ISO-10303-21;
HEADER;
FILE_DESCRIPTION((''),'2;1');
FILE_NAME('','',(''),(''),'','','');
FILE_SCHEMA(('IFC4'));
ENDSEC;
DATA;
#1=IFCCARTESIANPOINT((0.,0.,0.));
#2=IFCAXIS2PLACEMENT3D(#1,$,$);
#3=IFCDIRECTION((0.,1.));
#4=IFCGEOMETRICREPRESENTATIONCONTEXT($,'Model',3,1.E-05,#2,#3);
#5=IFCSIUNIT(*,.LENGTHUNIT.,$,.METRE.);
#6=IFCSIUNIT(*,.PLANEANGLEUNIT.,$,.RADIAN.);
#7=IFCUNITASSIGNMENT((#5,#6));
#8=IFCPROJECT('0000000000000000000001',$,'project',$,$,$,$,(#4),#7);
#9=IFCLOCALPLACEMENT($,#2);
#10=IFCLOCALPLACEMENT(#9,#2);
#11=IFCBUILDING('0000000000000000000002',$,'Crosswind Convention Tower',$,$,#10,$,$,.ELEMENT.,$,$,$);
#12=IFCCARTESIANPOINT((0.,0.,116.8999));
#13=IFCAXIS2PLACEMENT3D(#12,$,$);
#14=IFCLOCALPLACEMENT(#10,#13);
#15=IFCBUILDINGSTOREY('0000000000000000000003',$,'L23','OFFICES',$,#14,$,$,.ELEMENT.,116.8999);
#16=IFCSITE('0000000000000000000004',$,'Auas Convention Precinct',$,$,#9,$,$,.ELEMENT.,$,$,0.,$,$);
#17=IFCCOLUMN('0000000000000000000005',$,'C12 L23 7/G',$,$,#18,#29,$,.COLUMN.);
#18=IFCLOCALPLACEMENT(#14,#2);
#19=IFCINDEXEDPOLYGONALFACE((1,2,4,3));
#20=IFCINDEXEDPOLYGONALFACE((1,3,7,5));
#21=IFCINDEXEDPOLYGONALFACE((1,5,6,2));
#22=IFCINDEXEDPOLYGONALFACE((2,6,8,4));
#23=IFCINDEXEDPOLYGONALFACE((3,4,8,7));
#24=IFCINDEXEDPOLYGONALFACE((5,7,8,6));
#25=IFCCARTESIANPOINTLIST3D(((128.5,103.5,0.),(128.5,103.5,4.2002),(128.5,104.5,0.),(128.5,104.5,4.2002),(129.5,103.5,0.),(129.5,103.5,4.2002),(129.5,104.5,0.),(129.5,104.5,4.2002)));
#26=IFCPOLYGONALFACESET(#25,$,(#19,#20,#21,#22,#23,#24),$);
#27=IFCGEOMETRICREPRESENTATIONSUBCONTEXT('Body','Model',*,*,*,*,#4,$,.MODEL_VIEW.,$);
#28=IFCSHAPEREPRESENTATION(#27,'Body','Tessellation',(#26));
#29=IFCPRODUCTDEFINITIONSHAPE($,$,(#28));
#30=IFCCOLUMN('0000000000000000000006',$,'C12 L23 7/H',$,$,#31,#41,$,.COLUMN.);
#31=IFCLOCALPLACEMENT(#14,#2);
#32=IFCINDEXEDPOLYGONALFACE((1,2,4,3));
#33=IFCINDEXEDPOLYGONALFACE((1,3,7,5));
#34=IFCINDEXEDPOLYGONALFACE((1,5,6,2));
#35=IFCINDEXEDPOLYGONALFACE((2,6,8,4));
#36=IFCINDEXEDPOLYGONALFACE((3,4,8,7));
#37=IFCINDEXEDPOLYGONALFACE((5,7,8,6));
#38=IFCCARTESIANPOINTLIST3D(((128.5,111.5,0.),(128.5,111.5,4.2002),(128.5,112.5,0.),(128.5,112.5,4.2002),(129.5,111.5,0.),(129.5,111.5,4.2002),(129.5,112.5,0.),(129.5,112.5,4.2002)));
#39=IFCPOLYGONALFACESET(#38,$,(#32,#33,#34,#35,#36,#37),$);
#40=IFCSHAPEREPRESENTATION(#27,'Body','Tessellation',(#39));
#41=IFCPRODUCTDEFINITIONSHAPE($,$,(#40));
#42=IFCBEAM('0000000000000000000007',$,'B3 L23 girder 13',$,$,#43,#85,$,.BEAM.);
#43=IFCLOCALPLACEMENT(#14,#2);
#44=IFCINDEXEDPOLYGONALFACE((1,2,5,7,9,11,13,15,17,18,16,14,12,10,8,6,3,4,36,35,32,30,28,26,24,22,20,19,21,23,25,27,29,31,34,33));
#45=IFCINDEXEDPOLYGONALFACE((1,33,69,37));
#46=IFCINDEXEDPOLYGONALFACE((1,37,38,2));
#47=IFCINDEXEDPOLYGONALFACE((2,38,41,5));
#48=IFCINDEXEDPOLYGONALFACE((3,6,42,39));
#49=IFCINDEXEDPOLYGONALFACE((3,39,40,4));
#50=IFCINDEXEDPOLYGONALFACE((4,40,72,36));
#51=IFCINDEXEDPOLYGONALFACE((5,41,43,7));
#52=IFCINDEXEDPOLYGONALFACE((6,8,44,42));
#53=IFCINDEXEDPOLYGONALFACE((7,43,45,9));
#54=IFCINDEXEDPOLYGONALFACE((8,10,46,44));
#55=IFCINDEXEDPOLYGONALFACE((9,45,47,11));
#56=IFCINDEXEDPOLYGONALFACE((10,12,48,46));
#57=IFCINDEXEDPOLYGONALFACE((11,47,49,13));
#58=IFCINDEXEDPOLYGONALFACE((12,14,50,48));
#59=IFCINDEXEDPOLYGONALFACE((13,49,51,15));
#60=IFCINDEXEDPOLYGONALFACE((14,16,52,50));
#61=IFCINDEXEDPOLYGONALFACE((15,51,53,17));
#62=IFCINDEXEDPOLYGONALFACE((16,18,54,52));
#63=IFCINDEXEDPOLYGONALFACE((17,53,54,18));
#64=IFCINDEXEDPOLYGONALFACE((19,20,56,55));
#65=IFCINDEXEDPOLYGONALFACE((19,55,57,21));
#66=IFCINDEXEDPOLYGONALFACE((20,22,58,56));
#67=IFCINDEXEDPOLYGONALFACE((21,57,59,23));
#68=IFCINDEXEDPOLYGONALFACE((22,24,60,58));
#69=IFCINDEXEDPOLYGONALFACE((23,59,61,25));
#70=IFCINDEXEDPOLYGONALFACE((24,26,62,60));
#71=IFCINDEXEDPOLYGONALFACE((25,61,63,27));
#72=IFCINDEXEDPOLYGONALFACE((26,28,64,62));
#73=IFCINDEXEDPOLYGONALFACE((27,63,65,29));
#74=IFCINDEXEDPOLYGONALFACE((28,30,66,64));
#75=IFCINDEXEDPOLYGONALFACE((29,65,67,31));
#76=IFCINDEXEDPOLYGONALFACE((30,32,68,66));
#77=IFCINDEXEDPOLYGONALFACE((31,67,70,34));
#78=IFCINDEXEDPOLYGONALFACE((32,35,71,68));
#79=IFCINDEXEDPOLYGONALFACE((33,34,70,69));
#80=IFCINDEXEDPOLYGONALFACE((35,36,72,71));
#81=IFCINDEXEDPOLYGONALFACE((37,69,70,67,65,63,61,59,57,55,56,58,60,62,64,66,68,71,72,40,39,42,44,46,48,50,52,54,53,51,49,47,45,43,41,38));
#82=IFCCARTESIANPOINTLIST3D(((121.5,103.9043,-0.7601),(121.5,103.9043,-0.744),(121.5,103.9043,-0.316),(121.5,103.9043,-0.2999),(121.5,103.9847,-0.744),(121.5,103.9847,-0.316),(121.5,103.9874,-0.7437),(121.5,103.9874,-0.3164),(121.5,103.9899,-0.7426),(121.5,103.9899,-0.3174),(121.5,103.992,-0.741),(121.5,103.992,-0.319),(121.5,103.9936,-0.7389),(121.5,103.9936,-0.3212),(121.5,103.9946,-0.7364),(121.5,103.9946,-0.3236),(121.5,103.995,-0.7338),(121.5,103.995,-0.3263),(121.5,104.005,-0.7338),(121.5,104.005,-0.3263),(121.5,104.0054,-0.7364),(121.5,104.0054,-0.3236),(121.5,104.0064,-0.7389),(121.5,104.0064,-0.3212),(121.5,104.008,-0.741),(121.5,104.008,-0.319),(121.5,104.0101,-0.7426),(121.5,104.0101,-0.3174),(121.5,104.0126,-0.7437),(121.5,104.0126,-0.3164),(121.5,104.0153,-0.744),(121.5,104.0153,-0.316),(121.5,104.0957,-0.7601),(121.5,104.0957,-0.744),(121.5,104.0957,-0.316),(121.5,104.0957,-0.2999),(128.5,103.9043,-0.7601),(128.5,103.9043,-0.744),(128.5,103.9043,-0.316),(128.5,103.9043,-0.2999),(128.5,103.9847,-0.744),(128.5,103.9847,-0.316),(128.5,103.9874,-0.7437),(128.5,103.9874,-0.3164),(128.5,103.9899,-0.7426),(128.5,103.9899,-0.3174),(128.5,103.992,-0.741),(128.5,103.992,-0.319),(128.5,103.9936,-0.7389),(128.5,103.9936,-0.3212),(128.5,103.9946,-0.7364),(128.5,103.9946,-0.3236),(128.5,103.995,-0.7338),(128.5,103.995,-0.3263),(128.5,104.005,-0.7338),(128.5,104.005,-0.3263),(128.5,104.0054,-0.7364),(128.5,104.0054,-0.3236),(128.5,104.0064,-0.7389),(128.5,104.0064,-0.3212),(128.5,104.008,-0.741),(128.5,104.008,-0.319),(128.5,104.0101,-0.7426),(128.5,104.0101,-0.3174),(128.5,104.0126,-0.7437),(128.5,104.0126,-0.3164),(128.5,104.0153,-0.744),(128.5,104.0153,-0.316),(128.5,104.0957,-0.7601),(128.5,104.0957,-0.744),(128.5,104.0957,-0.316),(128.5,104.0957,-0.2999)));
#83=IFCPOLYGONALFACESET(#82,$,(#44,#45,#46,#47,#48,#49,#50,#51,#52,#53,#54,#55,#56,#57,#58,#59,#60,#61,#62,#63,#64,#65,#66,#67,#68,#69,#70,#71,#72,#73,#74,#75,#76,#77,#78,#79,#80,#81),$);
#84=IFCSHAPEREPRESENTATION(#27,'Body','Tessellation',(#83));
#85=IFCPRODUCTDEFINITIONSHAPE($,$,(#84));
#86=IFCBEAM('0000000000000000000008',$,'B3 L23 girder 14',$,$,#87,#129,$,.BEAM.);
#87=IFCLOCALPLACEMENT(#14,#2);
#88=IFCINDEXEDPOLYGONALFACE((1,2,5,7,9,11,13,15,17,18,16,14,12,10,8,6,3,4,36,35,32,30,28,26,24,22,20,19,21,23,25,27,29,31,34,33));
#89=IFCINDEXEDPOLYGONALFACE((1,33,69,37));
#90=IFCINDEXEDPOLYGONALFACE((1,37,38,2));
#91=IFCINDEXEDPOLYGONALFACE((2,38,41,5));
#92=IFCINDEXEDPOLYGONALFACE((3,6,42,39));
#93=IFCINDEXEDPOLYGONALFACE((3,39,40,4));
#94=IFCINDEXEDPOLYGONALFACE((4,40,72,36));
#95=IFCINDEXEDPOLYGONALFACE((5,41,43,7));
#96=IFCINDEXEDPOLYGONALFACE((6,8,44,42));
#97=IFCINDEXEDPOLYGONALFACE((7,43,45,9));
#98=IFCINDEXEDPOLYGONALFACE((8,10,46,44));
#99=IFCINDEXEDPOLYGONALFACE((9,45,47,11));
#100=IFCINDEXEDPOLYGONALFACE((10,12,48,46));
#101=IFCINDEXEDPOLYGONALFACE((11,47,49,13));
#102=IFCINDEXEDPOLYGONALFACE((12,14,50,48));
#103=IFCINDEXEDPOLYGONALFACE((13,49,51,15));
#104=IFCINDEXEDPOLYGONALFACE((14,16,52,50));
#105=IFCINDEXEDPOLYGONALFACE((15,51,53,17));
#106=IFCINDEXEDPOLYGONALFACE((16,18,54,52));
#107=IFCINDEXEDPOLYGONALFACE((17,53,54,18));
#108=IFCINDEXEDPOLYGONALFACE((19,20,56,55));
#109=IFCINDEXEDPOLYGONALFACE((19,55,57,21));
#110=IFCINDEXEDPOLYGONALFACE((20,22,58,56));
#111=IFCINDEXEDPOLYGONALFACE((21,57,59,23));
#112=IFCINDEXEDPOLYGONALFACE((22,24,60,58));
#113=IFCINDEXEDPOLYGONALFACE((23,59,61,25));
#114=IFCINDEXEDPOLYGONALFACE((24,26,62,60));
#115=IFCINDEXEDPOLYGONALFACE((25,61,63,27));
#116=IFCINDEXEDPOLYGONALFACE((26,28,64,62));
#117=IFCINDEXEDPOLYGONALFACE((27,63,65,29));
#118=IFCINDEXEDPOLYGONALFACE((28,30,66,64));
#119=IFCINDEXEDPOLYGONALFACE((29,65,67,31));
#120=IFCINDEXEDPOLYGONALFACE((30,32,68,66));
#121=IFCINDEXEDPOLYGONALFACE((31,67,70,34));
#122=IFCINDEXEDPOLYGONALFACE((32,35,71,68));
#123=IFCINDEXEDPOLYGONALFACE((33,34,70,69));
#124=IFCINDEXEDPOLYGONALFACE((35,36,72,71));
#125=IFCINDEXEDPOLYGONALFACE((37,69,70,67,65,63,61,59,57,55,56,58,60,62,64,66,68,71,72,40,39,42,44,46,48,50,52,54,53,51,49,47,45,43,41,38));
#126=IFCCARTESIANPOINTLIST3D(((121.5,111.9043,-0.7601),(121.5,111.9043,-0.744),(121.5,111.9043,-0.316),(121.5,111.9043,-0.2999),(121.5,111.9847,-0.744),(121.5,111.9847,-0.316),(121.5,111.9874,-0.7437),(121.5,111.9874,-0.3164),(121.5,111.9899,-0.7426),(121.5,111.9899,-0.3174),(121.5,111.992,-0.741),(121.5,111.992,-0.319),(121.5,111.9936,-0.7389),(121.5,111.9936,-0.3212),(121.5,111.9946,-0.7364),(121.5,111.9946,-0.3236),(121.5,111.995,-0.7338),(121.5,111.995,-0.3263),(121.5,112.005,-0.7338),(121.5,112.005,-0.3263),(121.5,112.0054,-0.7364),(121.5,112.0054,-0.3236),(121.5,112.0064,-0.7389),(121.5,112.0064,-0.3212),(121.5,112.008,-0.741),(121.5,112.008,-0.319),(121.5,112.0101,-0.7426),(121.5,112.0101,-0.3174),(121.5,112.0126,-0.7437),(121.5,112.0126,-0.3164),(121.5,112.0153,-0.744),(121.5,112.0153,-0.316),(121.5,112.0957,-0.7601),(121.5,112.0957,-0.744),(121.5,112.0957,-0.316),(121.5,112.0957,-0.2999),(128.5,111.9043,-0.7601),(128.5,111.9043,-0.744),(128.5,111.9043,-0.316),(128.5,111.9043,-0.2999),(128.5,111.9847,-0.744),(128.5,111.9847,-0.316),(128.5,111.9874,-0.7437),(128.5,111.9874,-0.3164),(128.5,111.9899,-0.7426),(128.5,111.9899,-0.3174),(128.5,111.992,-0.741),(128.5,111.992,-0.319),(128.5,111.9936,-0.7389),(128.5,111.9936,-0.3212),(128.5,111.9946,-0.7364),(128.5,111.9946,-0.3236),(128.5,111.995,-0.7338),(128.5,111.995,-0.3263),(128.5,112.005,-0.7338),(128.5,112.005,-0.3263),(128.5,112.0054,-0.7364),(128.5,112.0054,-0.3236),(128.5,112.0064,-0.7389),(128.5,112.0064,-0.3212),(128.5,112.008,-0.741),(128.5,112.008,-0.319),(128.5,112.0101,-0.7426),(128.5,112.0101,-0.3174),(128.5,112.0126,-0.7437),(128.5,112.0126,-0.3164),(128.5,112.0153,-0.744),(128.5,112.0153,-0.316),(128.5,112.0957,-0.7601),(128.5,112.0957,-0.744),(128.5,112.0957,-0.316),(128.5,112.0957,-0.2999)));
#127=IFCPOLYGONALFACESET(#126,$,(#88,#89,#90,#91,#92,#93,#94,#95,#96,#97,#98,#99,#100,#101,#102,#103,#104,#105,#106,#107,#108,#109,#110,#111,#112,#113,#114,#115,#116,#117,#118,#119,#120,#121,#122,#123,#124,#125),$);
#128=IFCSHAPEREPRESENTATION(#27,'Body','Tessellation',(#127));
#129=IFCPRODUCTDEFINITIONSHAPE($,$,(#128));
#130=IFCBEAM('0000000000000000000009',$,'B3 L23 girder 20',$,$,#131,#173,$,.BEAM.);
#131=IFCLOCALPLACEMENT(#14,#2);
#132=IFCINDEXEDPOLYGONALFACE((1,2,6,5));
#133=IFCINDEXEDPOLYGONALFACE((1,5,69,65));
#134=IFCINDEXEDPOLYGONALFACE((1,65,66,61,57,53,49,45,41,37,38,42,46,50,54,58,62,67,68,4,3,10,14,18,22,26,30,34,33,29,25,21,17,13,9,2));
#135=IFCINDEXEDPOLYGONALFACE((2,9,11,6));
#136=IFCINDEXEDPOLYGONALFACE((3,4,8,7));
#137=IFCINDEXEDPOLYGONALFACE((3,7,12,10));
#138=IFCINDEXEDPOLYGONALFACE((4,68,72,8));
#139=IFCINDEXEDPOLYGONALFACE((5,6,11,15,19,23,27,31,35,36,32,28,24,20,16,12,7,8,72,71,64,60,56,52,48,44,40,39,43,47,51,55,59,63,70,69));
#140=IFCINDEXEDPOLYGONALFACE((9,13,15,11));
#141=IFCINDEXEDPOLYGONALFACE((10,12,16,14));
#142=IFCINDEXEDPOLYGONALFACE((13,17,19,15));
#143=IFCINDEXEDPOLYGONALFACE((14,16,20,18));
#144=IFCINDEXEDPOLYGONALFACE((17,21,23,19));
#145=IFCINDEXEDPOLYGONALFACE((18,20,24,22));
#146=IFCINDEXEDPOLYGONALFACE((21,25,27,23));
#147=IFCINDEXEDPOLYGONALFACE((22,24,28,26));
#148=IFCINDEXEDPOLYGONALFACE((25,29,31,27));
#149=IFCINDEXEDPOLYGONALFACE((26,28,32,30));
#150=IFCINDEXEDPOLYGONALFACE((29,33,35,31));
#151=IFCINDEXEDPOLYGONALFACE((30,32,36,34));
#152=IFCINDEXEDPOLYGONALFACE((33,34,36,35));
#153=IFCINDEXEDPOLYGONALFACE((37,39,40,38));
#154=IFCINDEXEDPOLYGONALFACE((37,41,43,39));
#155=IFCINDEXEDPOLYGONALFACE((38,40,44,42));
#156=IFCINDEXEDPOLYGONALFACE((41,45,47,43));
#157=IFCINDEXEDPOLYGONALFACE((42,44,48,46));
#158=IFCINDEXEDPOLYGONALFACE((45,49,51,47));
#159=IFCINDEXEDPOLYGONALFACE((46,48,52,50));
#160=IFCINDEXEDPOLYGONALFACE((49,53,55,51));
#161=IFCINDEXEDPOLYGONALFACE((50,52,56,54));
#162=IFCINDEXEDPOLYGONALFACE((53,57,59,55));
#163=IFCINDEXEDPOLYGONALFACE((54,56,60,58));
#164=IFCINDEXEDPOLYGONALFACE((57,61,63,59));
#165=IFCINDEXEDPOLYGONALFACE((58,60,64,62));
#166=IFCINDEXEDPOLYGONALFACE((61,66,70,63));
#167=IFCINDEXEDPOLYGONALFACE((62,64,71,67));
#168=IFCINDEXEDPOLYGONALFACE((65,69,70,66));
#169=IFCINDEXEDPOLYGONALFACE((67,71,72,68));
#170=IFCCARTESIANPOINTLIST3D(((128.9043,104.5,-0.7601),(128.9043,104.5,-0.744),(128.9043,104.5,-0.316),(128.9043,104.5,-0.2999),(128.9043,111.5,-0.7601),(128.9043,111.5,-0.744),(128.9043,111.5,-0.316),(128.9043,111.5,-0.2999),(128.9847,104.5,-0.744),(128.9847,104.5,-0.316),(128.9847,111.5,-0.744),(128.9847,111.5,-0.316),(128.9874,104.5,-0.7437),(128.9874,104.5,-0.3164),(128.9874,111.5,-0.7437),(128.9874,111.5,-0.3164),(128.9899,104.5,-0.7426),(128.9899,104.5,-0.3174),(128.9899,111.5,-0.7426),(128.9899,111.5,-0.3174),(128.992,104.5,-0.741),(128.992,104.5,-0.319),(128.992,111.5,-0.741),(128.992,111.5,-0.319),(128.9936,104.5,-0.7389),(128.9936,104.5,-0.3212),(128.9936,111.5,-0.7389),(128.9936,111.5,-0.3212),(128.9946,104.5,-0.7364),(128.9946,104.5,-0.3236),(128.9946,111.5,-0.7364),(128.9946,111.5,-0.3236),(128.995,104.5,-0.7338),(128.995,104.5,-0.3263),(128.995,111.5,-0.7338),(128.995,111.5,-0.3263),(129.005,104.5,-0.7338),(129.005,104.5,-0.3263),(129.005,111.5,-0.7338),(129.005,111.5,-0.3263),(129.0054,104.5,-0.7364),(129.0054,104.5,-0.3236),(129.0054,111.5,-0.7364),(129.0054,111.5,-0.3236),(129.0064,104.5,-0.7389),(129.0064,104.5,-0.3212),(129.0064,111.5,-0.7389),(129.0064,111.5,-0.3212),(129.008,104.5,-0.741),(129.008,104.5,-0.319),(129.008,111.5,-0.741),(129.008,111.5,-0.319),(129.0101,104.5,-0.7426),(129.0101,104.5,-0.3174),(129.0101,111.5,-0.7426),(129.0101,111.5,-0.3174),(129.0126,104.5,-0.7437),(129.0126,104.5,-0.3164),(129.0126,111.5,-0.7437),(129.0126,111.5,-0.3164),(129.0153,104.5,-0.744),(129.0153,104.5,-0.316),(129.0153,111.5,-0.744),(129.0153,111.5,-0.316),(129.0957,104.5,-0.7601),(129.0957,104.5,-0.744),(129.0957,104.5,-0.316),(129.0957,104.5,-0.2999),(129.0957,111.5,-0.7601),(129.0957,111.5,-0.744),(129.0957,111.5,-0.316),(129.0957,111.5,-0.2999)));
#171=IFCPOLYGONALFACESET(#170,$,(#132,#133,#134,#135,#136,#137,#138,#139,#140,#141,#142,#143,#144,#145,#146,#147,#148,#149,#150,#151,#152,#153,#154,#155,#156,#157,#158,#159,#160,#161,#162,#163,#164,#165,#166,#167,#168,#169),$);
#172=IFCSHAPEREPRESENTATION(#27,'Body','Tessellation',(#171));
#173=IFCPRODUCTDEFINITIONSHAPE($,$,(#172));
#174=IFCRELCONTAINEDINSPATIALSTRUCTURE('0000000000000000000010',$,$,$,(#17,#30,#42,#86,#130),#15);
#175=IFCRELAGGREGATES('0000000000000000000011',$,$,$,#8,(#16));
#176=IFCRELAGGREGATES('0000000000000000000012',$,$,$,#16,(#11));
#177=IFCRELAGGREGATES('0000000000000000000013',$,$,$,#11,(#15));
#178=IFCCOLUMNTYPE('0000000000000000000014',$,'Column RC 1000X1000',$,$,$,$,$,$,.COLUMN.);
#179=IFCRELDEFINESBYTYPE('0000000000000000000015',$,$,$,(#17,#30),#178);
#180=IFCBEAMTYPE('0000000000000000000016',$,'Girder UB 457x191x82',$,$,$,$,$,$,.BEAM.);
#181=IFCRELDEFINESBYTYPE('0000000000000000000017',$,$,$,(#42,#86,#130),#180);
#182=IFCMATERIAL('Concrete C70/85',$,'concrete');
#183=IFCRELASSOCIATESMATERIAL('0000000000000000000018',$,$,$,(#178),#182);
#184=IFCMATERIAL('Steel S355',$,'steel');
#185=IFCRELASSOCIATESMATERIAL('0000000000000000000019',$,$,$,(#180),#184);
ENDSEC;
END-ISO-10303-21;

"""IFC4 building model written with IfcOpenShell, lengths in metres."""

from ifc_helpers import new_model, si_unit, direction, frame, origin, origin_2d, place, context, subcontext, project, spatial, rectangle, i_section, extrude, material, material_profile, profile_set, type_object, element, save


model = new_model("IFC4")

# Units and contexts
model_context = context("Model", 3, precision=1e-05, world=origin(), true_north=direction((0.0, 1.0)))
body_context = subcontext(model_context, "Body", "Model", "MODEL_VIEW")
ifc_project = project(units=[si_unit("LENGTHUNIT", "METRE"), si_unit("PLANEANGLEUNIT", "RADIAN")], contexts=[model_context])

# Site, building, storey
site_placement = place(None, origin())
site = spatial("IfcSite", under=ifc_project, at=site_placement, Name="Auas Convention Precinct", CompositionType="ELEMENT", RefElevation=0.0)
building_placement = place(site_placement, origin())
building = spatial("IfcBuilding", under=site, at=building_placement, Name="Crosswind Convention Tower", CompositionType="ELEMENT")
storey_placement = place(building_placement, frame((0.0, 0.0, 116.8999)))
storey = spatial("IfcBuildingStorey", under=building, at=storey_placement, Name="L23", Description="OFFICES", CompositionType="ELEMENT", Elevation=116.8999)

# Columns
ifc_material_1 = material(Name="Concrete C70/85", Category="concrete")
ifc_material_profile_1 = material_profile(ifc_material_1, rectangle(XDim=1.0, YDim=1.0, at=origin_2d()), Name="RC 1000X1000")
ifc_profile_set_1 = profile_set([ifc_material_profile_1], Name="Concrete C70/85")
column_type = type_object("IfcColumnType", Name="Column RC 1000X1000", PredefinedType="COLUMN", material=ifc_profile_set_1)
for number, where, z_axis, x_axis, name in (
    (1, (129.0, 104.0, 0.0), (0.0, 0.0, 1.0), (1.0, 0.0, 0.0), "C12 L23 7/G"),
    (2, (129.0, 112.0, 0.0), (0.0, 0.0, 1.0), (1.0, 0.0, 0.0), "C12 L23 7/H"),
):
    element("IfcColumn", number, at=place(storey_placement, frame(where, z_axis=z_axis, x_axis=x_axis)), inside=storey, type_object=column_type, Name=name, PredefinedType="COLUMN", context=body_context, shape_type="SweptSolid", body=[
        extrude(rectangle(XDim=1.0, YDim=1.0, at=origin_2d()), origin(), (0.0, 0.0, 1.0), 4.2002),
    ])

# Beams
ifc_material_2 = material(Name="Steel S355", Category="steel")
ifc_material_profile_2 = material_profile(ifc_material_2, i_section(OverallWidth=0.1914, OverallDepth=0.4602, WebThickness=0.01, FlangeThickness=0.0161, FilletRadius=0.0103, at=origin_2d()), Name="UB 457x191x82")
ifc_profile_set_2 = profile_set([ifc_material_profile_2], Name="Steel S355")
beam_type_1 = type_object("IfcBeamType", Name="Girder UB 457x191x82", PredefinedType="BEAM", material=ifc_profile_set_2)
for number, where, z_axis, x_axis, name in (
    (3, (121.5, 104.0, -0.53), (1.0, 0.0, 0.0), (0.0, 1.0, 0.0), "B3 L23 girder 13"),
    (4, (121.5, 112.0, -0.53), (1.0, 0.0, 0.0), (0.0, 1.0, 0.0), "B3 L23 girder 14"),
    (5, (129.0, 104.5, -0.53), (0.0, 1.0, 0.0), (-1.0, 0.0, 0.0), "B3 L23 girder 20"),
):
    element("IfcBeam", number, at=place(storey_placement, frame(where, z_axis=z_axis, x_axis=x_axis)), inside=storey, type_object=beam_type_1, Name=name, PredefinedType="BEAM", context=body_context, shape_type="SweptSolid", body=[
        extrude(i_section(OverallWidth=0.1914, OverallDepth=0.4602, WebThickness=0.01, FlangeThickness=0.0161, FilletRadius=0.0103, at=origin_2d()), origin(), (0.0, 0.0, 1.0), 7.0),
    ])

save(model, "model.ifc")
